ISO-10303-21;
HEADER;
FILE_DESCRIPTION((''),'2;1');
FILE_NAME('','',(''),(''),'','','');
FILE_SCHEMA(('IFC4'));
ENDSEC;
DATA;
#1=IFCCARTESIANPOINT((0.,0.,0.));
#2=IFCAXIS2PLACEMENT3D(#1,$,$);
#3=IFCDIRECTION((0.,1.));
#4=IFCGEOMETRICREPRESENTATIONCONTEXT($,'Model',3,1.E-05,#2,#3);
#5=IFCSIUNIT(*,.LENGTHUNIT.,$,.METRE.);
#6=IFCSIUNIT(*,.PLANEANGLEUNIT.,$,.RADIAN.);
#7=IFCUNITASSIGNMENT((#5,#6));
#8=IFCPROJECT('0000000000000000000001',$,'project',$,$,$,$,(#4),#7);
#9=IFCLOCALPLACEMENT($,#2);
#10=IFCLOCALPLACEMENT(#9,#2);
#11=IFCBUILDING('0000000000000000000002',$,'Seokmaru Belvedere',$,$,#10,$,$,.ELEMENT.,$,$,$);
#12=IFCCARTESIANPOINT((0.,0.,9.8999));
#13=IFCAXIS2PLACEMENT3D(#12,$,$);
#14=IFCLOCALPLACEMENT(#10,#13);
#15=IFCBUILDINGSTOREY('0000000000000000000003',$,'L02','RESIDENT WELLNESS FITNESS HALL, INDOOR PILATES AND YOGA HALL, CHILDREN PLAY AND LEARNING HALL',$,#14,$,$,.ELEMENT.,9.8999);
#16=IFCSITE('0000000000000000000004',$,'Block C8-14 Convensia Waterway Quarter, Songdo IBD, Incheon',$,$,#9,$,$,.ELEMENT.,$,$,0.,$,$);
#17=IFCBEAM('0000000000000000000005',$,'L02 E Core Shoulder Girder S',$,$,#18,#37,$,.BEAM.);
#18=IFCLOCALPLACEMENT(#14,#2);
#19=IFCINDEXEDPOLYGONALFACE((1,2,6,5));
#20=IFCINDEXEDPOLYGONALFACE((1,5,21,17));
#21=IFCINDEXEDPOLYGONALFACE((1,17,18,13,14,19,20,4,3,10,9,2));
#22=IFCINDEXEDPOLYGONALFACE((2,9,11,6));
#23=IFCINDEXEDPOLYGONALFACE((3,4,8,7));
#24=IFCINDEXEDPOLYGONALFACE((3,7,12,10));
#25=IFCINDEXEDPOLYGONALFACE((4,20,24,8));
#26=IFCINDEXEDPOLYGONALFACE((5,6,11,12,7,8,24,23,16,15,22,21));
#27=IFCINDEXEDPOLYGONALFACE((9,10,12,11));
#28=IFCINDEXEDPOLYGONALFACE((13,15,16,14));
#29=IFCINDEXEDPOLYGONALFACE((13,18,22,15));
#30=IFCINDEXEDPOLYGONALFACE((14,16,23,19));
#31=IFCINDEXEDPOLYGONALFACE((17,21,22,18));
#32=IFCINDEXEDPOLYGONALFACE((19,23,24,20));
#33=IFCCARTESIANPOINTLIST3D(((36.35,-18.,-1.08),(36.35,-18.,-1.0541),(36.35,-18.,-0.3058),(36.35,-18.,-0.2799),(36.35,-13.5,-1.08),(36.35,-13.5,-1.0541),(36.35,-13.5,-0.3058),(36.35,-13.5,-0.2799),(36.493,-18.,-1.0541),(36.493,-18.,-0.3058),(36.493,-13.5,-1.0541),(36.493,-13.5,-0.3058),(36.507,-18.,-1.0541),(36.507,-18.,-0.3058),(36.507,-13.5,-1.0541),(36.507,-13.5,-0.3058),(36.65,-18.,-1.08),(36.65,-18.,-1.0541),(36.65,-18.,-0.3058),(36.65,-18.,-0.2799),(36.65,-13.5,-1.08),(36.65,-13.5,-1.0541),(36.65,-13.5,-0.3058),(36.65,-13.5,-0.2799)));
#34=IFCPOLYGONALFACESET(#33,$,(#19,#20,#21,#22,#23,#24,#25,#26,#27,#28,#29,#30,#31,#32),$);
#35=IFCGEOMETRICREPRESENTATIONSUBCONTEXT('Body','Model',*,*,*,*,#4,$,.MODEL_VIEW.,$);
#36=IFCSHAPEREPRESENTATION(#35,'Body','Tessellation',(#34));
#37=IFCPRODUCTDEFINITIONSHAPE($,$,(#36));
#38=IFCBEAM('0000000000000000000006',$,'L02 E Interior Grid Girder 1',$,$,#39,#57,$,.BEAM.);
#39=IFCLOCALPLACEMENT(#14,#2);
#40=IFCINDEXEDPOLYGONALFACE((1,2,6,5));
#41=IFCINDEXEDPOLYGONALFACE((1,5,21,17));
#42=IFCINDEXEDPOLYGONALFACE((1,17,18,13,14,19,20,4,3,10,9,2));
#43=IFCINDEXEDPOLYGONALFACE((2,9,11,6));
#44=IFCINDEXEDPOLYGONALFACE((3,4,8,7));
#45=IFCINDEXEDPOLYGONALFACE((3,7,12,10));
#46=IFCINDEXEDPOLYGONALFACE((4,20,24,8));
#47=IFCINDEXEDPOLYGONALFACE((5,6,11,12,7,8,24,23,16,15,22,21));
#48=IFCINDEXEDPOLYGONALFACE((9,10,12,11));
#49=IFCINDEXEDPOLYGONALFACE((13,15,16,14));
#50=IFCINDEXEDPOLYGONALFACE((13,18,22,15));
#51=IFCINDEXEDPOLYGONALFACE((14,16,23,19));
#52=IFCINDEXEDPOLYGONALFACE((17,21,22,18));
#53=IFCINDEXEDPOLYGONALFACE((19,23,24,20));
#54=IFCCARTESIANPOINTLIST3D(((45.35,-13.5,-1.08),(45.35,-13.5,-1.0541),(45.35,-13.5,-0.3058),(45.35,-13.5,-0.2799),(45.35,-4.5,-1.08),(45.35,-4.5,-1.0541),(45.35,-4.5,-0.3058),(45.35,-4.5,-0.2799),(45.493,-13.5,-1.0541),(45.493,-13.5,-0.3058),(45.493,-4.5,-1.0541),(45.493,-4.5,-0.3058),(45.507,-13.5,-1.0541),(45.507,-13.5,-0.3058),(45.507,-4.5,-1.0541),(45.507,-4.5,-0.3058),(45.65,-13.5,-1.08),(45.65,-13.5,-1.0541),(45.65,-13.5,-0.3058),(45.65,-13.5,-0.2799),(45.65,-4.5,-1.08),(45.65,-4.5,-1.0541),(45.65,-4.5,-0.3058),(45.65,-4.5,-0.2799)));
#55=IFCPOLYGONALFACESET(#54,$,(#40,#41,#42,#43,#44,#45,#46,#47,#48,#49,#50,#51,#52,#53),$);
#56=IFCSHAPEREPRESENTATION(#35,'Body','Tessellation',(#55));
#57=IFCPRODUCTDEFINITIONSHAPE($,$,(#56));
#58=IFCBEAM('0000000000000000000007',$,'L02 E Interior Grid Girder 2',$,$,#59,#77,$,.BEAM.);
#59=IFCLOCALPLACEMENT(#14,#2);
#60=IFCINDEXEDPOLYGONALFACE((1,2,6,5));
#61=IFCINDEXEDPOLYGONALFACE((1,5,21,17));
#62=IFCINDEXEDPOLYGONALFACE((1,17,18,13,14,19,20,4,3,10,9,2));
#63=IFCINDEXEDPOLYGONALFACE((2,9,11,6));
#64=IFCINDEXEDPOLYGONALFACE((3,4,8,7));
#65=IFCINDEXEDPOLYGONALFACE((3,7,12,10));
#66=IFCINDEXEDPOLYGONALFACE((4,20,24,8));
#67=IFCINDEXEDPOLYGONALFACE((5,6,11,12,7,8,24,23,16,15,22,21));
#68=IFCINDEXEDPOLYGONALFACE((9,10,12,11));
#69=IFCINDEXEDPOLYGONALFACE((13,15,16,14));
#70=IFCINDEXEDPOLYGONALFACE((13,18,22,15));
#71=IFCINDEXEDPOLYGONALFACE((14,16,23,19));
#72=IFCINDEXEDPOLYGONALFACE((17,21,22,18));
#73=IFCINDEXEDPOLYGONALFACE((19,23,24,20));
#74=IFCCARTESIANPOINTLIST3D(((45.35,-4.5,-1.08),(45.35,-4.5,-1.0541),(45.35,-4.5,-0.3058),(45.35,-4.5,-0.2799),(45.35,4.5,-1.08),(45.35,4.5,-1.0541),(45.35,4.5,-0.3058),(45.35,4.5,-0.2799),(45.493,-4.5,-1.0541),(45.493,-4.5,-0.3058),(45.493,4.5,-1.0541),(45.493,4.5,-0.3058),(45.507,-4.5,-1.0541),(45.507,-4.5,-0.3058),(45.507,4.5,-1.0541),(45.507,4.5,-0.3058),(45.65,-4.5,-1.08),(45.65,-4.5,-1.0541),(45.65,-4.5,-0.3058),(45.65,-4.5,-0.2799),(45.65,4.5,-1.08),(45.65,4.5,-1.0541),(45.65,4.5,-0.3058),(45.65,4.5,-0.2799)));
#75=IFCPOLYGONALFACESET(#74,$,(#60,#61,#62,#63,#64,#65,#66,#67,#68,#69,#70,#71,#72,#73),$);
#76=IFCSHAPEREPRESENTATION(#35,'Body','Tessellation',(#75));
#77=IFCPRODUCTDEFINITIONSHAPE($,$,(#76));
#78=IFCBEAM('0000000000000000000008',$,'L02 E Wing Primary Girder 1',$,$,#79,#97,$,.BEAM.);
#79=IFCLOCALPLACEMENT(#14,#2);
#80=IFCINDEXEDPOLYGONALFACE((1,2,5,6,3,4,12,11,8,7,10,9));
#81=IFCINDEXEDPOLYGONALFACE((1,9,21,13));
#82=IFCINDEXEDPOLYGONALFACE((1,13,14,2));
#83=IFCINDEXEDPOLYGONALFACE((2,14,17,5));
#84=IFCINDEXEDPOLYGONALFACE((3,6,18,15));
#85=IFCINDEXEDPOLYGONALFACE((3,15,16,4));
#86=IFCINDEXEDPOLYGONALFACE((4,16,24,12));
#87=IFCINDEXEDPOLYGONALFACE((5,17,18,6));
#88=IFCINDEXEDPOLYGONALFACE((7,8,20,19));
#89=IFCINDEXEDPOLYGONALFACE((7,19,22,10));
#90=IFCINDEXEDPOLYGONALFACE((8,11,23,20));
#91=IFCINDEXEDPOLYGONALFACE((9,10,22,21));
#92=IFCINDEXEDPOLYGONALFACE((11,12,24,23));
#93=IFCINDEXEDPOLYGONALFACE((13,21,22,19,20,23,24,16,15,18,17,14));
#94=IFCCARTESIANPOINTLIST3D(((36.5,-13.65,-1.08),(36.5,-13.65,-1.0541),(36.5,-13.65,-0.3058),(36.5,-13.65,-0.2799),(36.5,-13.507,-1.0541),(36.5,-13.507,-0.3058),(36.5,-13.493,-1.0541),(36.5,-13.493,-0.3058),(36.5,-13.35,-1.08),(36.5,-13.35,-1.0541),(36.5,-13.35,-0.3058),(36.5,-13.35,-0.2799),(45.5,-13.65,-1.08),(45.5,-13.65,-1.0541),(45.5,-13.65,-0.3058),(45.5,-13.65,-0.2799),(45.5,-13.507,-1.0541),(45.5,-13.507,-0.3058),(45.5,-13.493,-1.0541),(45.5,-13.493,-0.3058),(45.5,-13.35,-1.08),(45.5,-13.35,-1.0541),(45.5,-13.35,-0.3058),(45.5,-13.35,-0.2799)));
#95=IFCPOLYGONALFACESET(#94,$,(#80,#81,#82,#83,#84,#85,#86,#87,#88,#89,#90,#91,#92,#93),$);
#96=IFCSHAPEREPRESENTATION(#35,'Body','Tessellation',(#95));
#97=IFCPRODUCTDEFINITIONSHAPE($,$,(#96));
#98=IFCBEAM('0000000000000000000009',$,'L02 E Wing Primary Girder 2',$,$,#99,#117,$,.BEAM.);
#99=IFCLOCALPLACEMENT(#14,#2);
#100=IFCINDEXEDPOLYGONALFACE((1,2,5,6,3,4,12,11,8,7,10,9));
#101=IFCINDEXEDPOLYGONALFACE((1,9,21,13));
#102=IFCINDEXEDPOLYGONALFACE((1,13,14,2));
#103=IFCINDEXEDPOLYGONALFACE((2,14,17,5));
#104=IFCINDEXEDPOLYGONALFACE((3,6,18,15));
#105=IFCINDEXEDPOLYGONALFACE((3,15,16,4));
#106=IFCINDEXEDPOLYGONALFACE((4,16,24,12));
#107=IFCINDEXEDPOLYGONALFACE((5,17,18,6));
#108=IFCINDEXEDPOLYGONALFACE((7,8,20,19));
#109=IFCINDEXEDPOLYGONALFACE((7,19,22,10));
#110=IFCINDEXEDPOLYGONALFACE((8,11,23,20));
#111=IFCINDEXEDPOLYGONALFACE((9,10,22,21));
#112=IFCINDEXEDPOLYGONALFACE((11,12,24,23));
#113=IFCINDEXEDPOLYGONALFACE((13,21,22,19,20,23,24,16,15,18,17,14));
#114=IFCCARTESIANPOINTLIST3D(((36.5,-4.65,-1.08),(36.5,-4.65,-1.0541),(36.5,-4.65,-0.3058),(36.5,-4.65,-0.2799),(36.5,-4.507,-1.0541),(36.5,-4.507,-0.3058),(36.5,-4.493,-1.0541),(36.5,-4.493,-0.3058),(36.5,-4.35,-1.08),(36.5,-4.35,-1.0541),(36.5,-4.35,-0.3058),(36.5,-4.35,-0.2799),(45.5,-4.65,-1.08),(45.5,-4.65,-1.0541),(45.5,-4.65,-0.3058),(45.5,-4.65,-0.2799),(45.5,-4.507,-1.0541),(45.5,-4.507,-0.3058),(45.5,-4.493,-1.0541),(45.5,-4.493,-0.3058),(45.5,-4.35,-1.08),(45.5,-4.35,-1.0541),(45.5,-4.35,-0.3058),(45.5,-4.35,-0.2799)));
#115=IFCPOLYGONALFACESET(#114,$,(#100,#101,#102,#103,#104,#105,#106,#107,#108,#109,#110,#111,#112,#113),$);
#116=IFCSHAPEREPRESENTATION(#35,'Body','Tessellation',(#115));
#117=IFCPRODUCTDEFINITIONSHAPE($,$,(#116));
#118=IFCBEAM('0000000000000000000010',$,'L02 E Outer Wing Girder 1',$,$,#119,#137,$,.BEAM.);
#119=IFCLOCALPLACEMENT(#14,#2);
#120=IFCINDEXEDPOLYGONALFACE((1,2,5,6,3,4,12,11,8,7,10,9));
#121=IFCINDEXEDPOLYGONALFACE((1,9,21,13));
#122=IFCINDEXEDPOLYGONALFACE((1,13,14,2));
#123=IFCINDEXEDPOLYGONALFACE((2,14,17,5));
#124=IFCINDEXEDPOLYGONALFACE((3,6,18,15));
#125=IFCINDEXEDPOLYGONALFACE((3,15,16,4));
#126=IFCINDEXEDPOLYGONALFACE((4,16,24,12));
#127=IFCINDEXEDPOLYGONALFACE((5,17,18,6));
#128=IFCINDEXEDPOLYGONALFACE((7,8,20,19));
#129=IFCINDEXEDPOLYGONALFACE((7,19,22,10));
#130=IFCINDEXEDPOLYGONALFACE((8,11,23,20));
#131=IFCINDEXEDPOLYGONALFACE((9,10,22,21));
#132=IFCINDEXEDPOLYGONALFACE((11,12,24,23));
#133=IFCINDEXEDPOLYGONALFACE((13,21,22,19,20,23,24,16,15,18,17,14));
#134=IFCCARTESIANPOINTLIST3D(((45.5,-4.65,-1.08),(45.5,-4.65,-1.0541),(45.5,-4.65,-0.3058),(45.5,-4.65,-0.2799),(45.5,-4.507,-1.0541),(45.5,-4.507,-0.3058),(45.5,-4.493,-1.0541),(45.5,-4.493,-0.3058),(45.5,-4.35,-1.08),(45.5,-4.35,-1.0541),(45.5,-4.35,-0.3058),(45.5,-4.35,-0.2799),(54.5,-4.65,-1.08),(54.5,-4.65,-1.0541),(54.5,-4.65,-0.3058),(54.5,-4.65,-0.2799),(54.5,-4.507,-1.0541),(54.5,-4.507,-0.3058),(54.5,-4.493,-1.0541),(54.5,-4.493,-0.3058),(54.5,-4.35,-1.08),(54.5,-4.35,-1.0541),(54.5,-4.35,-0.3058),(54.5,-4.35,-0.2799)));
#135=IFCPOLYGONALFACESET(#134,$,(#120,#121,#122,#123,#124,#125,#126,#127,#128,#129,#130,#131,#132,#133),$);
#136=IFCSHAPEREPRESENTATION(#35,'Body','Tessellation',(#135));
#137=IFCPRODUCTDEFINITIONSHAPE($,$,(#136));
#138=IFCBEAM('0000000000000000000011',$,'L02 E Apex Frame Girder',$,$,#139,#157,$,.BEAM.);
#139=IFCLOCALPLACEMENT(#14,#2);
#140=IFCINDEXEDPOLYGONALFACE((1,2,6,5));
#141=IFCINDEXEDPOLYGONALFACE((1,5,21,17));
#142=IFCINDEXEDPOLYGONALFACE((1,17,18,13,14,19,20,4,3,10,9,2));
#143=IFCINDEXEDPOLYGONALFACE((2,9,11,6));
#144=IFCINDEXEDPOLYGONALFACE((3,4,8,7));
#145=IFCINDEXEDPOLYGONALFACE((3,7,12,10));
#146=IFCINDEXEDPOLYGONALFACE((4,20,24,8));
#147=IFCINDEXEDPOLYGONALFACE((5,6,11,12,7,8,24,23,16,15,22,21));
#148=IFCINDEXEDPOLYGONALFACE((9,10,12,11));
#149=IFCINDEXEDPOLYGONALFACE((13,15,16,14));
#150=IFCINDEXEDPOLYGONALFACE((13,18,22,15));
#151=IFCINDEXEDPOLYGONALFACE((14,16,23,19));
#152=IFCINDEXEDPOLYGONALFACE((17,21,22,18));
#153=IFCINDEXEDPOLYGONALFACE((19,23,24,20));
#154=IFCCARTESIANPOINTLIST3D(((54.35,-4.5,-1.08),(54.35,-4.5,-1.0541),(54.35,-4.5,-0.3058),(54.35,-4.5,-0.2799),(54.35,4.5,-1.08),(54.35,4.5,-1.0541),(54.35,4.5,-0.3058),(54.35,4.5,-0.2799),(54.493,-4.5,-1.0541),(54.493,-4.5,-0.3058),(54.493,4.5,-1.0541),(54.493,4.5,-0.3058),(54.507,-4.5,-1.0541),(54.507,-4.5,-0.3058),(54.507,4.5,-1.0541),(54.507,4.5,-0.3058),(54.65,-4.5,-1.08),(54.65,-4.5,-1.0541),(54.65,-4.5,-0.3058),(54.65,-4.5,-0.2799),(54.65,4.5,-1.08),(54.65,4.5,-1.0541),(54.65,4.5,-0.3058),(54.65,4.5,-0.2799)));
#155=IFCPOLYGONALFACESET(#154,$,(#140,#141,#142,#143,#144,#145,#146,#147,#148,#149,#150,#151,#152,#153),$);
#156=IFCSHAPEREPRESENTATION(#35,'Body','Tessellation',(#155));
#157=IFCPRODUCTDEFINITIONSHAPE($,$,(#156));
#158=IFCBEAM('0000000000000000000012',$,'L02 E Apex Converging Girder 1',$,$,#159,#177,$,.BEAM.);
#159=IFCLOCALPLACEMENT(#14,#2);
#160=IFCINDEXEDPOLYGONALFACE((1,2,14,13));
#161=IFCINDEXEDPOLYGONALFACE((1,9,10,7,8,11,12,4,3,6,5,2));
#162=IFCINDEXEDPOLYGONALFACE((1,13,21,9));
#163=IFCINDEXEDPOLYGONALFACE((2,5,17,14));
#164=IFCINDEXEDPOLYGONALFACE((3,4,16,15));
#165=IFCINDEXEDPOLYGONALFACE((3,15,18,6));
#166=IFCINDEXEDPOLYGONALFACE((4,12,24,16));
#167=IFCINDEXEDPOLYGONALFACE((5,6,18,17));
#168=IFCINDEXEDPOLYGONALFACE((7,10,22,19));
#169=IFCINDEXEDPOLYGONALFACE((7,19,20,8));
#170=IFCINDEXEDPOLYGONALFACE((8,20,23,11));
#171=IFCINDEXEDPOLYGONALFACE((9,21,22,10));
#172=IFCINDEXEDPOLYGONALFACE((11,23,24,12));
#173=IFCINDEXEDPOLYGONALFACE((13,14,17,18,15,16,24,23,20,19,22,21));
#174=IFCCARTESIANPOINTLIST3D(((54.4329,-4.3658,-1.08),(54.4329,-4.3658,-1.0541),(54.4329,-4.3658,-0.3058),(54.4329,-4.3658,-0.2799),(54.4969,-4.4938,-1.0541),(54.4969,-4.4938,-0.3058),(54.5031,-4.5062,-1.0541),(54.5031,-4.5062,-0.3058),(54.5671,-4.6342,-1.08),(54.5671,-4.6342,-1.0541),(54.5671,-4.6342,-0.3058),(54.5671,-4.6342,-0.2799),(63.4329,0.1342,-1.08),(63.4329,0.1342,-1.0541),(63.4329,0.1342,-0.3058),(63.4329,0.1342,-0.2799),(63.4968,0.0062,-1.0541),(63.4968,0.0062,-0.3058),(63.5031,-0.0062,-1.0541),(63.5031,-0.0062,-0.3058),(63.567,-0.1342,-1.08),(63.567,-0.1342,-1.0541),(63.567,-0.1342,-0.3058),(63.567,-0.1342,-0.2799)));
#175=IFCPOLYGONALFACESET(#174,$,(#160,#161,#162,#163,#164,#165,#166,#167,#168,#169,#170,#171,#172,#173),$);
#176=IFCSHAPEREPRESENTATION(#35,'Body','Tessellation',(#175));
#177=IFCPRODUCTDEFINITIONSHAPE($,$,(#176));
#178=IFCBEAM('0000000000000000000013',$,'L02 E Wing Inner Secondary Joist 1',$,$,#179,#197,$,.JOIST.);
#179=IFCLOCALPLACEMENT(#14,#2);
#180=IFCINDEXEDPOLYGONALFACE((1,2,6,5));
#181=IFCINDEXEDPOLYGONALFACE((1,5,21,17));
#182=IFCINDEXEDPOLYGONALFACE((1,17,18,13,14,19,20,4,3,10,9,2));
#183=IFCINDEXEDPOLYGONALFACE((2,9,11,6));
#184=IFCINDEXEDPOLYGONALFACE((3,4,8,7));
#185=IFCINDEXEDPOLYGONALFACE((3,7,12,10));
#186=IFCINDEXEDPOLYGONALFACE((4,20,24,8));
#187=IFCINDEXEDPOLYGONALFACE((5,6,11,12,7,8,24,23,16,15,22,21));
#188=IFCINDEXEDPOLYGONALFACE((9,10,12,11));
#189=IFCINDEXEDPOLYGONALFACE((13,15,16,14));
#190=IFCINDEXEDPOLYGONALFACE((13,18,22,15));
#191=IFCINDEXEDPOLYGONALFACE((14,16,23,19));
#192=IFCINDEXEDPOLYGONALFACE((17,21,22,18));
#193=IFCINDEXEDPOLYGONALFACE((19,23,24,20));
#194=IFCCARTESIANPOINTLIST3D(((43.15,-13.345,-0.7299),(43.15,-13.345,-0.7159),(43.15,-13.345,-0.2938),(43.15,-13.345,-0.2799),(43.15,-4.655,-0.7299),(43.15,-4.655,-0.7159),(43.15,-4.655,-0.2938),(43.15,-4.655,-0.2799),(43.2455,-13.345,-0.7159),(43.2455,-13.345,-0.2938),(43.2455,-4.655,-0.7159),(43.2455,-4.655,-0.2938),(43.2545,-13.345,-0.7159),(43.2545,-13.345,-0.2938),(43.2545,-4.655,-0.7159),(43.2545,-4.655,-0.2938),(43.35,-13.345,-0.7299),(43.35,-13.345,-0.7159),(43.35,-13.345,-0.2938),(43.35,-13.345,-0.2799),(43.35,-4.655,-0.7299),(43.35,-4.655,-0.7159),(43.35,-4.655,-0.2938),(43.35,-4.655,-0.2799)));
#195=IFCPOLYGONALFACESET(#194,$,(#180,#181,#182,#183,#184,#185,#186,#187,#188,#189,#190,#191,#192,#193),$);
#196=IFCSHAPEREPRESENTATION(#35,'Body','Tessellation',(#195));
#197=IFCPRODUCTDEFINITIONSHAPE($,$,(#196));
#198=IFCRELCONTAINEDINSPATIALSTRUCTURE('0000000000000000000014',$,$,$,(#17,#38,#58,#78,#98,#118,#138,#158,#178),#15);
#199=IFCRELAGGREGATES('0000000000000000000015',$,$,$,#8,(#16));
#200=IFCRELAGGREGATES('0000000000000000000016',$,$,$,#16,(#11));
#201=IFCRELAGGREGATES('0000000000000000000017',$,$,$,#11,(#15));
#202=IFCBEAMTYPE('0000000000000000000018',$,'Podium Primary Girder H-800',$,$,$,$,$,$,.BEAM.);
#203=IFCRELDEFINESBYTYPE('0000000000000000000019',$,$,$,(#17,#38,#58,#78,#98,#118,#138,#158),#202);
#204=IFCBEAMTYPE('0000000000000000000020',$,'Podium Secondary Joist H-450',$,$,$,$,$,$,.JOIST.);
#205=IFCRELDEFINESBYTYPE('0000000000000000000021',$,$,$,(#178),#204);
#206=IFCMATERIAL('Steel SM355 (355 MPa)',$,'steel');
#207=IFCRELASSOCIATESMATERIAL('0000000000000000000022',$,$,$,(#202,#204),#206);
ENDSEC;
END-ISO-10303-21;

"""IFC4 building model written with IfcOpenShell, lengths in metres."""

from ifc_helpers import new_model, si_unit, direction, frame, origin, origin_2d, place, context, subcontext, project, spatial, i_section, extrude, source, transform, mapped, material, material_profile, profile_set, type_object, type_shapes, element, save


model = new_model("IFC4")

# Units and contexts
model_context = context("Model", 3, precision=1e-05, world=origin(), true_north=direction((0.0, 1.0)))
body_context = subcontext(model_context, "Body", "Model", "MODEL_VIEW")
ifc_project = project(units=[si_unit("LENGTHUNIT", "METRE"), si_unit("PLANEANGLEUNIT", "RADIAN")], contexts=[model_context])

# Site, building, storey
site_placement = place(None, origin())
site = spatial("IfcSite", under=ifc_project, at=site_placement, Name="Block C8-14 Convensia Waterway Quarter, Songdo IBD, Incheon", CompositionType="ELEMENT", RefElevation=0.0)
building_placement = place(site_placement, origin())
building = spatial("IfcBuilding", under=site, at=building_placement, Name="Seokmaru Belvedere", CompositionType="ELEMENT")
storey_placement = place(building_placement, frame((0.0, 0.0, 9.8999)))
storey = spatial("IfcBuildingStorey", under=building, at=storey_placement, Name="L02", Description="RESIDENT WELLNESS FITNESS HALL, INDOOR PILATES AND YOGA HALL, CHILDREN PLAY AND LEARNING HALL", CompositionType="ELEMENT", Elevation=9.8999)

# Shared definitions
ifc_material_1 = material(Name="Steel SM355 (355 MPa)", Category="steel")

# Beams
ifc_material_profile_1 = material_profile(ifc_material_1, i_section(OverallWidth=0.3, OverallDepth=0.8, WebThickness=0.0139, FlangeThickness=0.0259, at=origin_2d()), Name="H-800x300x14x26")
ifc_profile_set_1 = profile_set([ifc_material_profile_1], Name="Steel SM355 (355 MPa)")
beam_type_1 = type_object("IfcBeamType", Name="Podium Primary Girder H-800", PredefinedType="BEAM", material=ifc_profile_set_1)
shared_shape_1 = source(origin(), body_context, "Body", "SweptSolid", [
    extrude(i_section(OverallWidth=0.3, OverallDepth=0.8, WebThickness=0.0139, FlangeThickness=0.0259, at=origin_2d()), origin(), (0.0, 0.0, 1.0), 4.5),
])
beam_1_placement = place(storey_placement, frame((36.5, -18.0, -0.6799), z_axis=(0.0, 1.0, 0.0), x_axis=(-1.0, 0.0, 0.0)))
element("IfcBeam", 1, at=beam_1_placement, inside=storey, type_object=beam_type_1, Name="L02 E Core Shoulder Girder S", PredefinedType="BEAM", context=body_context, shape_type="MappedRepresentation", body=[
    mapped(shared_shape_1, transform((0.0, 0.0, 0.0), scale=1.0)),
])
shared_shape_2 = source(origin(), body_context, "Body", "SweptSolid", [
    extrude(i_section(OverallWidth=0.3, OverallDepth=0.8, WebThickness=0.0139, FlangeThickness=0.0259, at=origin_2d()), origin(), (0.0, 0.0, 1.0), 9.0),
])
for number, where, z_axis, x_axis, name in (
    (2, (45.5, -13.5, -0.6799), (0.0, 1.0, 0.0), (-1.0, 0.0, 0.0), "L02 E Interior Grid Girder 1"),
    (3, (45.5, -4.5, -0.6799), (0.0, 1.0, 0.0), (-1.0, 0.0, 0.0), "L02 E Interior Grid Girder 2"),
    (4, (36.5, -13.5, -0.6799), (1.0, 0.0, 0.0), (0.0, 1.0, 0.0), "L02 E Wing Primary Girder 1"),
    (5, (36.5, -4.5, -0.6799), (1.0, 0.0, 0.0), (0.0, 1.0, 0.0), "L02 E Wing Primary Girder 2"),
    (6, (45.5, -4.5, -0.6799), (1.0, 0.0, 0.0), (0.0, 1.0, 0.0), "L02 E Outer Wing Girder 1"),
    (7, (54.5, -4.5, -0.6799), (0.0, 1.0, 0.0), (-1.0, 0.0, 0.0), "L02 E Apex Frame Girder"),
):
    element("IfcBeam", number, at=place(storey_placement, frame(where, z_axis=z_axis, x_axis=x_axis)), inside=storey, type_object=beam_type_1, Name=name, PredefinedType="BEAM", context=body_context, shape_type="MappedRepresentation", body=[
        mapped(shared_shape_2, transform((0.0, 0.0, 0.0), scale=1.0)),
    ])
shared_shape_3 = source(origin(), body_context, "Body", "SweptSolid", [
    extrude(i_section(OverallWidth=0.3, OverallDepth=0.8, WebThickness=0.0139, FlangeThickness=0.0259, at=origin_2d()), origin(), (0.0, 0.0, 1.0), 10.0623),
])
beam_2_placement = place(storey_placement, frame((54.5, -4.5, -0.6799), z_axis=(0.894427, 0.447214, 0.0), x_axis=(-0.447214, 0.894427, 0.0)))
element("IfcBeam", 8, at=beam_2_placement, inside=storey, type_object=beam_type_1, Name="L02 E Apex Converging Girder 1", PredefinedType="BEAM", context=body_context, shape_type="MappedRepresentation", body=[
    mapped(shared_shape_3, transform((0.0, 0.0, 0.0), scale=1.0)),
])
ifc_material_profile_2 = material_profile(ifc_material_1, i_section(OverallWidth=0.2, OverallDepth=0.45, WebThickness=0.009, FlangeThickness=0.0139, at=origin_2d()), Name="H-450x200x9x14")
ifc_profile_set_2 = profile_set([ifc_material_profile_2], Name="Steel SM355 (355 MPa)")
beam_type_2 = type_object("IfcBeamType", Name="Podium Secondary Joist H-450", PredefinedType="JOIST", material=ifc_profile_set_2)
shared_shape_4 = source(origin(), body_context, "Body", "SweptSolid", [
    extrude(i_section(OverallWidth=0.2, OverallDepth=0.45, WebThickness=0.009, FlangeThickness=0.0139, at=origin_2d()), origin(), (0.0, 0.0, 1.0), 8.6899),
])
type_shapes(beam_type_2, [shared_shape_4])
for number, where, z_axis, x_axis, name in (
    (9, (43.25, -13.345, -0.5049), (0.0, 1.0, 0.0), (-1.0, 0.0, 0.0), "L02 E Wing Inner Secondary Joist 1"),
):
    element("IfcBeam", number, at=place(storey_placement, frame(where, z_axis=z_axis, x_axis=x_axis)), inside=storey, type_object=beam_type_2, Name=name, PredefinedType="JOIST", context=body_context, shape_type="MappedRepresentation", body=[
        mapped(shared_shape_4, transform((0.0, 0.0, 0.0), scale=1.0)),
    ])

save(model, "model.ifc")
